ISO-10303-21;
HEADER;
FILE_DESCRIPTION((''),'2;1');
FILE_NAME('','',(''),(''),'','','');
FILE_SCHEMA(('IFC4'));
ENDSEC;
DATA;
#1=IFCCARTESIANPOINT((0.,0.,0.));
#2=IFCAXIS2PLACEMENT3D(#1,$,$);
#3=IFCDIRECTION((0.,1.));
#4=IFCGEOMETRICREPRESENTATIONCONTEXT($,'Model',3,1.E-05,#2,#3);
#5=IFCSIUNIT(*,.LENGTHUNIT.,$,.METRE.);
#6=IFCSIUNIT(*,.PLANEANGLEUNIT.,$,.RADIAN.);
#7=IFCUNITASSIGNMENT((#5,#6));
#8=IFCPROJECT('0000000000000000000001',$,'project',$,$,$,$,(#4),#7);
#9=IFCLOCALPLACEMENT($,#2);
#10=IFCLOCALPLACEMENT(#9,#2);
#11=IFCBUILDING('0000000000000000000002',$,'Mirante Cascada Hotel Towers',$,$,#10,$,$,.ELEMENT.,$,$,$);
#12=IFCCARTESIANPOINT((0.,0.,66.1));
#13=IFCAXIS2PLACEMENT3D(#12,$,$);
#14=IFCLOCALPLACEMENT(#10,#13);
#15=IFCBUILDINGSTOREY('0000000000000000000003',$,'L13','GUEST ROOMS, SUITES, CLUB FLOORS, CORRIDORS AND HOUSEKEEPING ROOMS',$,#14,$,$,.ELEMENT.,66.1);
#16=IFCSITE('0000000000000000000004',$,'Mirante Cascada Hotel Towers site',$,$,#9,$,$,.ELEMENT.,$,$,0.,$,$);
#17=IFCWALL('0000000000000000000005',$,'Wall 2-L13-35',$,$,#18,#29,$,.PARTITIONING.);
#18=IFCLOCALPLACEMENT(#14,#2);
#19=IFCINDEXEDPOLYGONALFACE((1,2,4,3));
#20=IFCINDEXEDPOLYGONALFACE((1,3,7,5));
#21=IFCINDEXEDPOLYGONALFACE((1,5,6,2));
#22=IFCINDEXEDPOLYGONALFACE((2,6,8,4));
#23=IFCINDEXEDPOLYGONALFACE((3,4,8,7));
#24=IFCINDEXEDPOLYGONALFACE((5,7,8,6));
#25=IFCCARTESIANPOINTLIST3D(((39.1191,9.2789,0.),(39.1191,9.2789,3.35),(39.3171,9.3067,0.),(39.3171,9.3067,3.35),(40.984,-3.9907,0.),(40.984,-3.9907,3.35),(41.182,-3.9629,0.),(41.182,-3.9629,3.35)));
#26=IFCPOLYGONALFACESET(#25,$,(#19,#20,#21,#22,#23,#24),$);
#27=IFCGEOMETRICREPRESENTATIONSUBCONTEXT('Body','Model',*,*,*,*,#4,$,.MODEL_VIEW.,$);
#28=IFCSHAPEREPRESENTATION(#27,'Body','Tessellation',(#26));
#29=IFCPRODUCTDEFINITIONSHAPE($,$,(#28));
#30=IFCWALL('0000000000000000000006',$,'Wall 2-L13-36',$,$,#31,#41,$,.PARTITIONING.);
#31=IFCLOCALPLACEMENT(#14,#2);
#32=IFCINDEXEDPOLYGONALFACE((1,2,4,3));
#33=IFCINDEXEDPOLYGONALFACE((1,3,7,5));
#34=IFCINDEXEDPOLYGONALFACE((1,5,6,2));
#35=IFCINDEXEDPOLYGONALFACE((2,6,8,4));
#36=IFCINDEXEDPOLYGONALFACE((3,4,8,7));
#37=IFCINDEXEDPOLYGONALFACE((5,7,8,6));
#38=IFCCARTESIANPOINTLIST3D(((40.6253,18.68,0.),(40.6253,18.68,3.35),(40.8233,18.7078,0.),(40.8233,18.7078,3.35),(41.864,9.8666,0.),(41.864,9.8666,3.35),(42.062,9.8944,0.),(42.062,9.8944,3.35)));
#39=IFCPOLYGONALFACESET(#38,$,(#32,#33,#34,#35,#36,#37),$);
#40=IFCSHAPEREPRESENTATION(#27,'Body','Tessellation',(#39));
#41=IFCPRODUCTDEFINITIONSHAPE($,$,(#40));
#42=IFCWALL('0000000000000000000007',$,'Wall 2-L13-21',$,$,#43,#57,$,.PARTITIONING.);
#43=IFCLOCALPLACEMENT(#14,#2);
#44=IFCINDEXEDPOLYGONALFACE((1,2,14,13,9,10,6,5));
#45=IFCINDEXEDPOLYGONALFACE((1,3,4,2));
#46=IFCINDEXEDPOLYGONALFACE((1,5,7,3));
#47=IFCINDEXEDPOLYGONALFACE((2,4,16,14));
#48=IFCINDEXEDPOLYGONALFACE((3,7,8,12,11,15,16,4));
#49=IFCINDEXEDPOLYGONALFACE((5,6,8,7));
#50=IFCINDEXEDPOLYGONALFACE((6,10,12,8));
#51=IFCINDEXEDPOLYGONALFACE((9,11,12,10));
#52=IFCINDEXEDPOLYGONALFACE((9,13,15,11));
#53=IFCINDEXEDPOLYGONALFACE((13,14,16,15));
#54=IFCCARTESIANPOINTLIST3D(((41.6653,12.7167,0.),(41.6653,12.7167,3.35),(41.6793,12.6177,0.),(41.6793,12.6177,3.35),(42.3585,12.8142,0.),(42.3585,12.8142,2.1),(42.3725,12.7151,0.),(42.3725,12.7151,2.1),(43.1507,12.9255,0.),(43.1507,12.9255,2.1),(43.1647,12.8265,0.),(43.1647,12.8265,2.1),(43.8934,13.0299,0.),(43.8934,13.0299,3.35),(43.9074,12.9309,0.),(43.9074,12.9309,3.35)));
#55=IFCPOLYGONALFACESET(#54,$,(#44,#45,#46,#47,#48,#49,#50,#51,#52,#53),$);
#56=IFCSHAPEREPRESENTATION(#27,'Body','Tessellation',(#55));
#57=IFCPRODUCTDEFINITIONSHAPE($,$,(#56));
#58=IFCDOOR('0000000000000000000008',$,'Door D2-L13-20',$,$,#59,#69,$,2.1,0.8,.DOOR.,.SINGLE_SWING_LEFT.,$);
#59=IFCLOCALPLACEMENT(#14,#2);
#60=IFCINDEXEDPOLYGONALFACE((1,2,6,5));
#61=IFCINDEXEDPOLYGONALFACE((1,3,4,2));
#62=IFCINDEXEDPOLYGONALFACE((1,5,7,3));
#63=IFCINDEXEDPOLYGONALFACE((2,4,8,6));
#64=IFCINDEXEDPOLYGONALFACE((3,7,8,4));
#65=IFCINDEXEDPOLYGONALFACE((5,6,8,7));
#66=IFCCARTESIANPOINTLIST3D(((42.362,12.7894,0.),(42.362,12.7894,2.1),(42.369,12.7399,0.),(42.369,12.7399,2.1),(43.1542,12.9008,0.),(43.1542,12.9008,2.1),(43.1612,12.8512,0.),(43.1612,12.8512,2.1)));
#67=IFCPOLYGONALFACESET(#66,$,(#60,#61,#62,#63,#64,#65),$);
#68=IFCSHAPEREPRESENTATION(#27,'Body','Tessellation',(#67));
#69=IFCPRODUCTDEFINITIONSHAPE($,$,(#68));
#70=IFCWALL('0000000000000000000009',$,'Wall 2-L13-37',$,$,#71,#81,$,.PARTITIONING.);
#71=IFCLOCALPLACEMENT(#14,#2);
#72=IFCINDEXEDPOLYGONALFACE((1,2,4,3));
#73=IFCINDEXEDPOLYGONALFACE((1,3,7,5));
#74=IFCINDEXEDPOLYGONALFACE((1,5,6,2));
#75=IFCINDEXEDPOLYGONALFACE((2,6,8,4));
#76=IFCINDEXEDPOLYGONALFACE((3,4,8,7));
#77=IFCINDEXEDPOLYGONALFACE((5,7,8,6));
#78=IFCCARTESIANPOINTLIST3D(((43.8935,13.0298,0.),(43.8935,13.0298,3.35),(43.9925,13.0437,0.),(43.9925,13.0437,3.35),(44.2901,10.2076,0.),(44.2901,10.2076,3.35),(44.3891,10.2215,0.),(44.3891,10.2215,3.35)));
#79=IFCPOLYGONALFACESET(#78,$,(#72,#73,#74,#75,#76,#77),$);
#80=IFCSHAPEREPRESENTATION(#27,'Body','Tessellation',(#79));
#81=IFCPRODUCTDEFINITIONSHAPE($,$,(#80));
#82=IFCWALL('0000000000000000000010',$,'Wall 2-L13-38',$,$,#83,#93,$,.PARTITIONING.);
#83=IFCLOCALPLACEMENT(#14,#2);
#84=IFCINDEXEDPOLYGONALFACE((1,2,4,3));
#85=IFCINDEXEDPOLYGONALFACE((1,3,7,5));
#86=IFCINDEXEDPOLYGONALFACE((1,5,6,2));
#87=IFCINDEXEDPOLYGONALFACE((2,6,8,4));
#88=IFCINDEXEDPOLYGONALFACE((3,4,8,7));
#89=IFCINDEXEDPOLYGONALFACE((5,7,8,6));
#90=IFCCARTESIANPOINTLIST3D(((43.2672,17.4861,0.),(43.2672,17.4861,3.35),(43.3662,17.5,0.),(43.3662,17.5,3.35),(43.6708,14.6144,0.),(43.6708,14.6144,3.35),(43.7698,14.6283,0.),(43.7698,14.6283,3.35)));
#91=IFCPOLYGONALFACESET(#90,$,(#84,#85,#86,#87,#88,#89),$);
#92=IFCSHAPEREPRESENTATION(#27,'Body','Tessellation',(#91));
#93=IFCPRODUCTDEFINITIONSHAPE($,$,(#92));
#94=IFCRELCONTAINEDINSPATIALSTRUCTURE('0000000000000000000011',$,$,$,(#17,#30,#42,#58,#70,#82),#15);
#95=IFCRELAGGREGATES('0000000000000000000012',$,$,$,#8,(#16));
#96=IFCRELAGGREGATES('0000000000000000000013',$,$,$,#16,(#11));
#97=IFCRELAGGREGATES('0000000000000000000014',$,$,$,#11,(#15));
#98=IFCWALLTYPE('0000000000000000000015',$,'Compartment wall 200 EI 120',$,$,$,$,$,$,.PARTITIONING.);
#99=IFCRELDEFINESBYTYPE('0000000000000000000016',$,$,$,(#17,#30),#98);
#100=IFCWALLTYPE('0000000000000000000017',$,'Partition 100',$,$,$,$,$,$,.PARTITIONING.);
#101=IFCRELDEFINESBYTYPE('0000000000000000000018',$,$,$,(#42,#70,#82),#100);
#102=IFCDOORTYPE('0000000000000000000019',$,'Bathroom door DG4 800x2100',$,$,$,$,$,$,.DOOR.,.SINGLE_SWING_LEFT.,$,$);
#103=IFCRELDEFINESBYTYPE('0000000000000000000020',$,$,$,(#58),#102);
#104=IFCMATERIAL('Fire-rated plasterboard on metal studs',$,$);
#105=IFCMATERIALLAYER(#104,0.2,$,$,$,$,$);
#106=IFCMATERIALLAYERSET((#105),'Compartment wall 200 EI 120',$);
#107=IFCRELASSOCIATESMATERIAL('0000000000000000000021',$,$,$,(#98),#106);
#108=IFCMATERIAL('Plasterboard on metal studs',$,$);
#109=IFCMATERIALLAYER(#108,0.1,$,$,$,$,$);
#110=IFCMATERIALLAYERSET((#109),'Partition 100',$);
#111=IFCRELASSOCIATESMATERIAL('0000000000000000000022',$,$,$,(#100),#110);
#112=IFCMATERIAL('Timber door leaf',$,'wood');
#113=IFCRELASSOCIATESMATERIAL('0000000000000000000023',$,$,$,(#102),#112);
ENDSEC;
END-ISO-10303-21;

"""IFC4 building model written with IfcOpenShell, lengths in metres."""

from ifc_helpers import new_model, si_unit, direction, frame, frame_2d, origin, place, context, subcontext, project, spatial, rectangle, extrude, material, layer, layer_set, type_object, element, fill, save


model = new_model("IFC4")

# Units and contexts
model_context = context("Model", 3, precision=1e-05, world=origin(), true_north=direction((0.0, 1.0)))
body_context = subcontext(model_context, "Body", "Model", "MODEL_VIEW")
ifc_project = project(units=[si_unit("LENGTHUNIT", "METRE"), si_unit("PLANEANGLEUNIT", "RADIAN")], contexts=[model_context])

# Site, building, storey
site_placement = place(None, origin())
site = spatial("IfcSite", under=ifc_project, at=site_placement, Name="Mirante Cascada Hotel Towers site", CompositionType="ELEMENT", RefElevation=0.0)
building_placement = place(site_placement, origin())
building = spatial("IfcBuilding", under=site, at=building_placement, Name="Mirante Cascada Hotel Towers", CompositionType="ELEMENT")
storey_placement = place(building_placement, frame((0.0, 0.0, 66.1)))
storey = spatial("IfcBuildingStorey", under=building, at=storey_placement, Name="L13", Description="GUEST ROOMS, SUITES, CLUB FLOORS, CORRIDORS AND HOUSEKEEPING ROOMS", CompositionType="ELEMENT", Elevation=66.1)

# Shared definitions
ifc_material_1 = material(Name="Fire-rated plasterboard on metal studs")
ifc_layer_1 = layer(ifc_material_1, 0.2)
ifc_layer_set_1 = layer_set([ifc_layer_1], Name="Compartment wall 200 EI 120")
wall_type_1 = type_object("IfcWallType", Name="Compartment wall 200 EI 120", PredefinedType="PARTITIONING", material=ifc_layer_set_1)

# Walls
wall_1_placement = place(storey_placement, frame((39.2181, 9.2928, 0.0), z_axis=(0.0, 0.0, 1.0), x_axis=(0.139172, -0.990268, 0.0)))
element("IfcWall", 1, at=wall_1_placement, inside=storey, type_object=wall_type_1, Name="Wall 2-L13-35", PredefinedType="PARTITIONING", context=body_context, shape_type="SweptSolid", body=[
    extrude(rectangle(XDim=13.4, YDim=0.2, at=frame_2d((6.7, 0.0))), origin(), (0.0, 0.0, 1.0), 3.35),
])
wall_2_placement = place(storey_placement, frame((41.963, 9.8805, 0.0), z_axis=(0.0, 0.0, 1.0), x_axis=(-0.139179, 0.990267, 0.0)))
element("IfcWall", 2, at=wall_2_placement, inside=storey, type_object=wall_type_1, Name="Wall 2-L13-36", PredefinedType="PARTITIONING", context=body_context, shape_type="SweptSolid", body=[
    extrude(rectangle(XDim=8.9, YDim=0.2, at=frame_2d((4.45, 0.0))), origin(), (0.0, 0.0, 1.0), 3.35),
])

# Wall, opening, door
ifc_material_2 = material(Name="Plasterboard on metal studs")
ifc_layer_2 = layer(ifc_material_2, 0.1)
ifc_layer_set_2 = layer_set([ifc_layer_2], Name="Partition 100")
wall_type_2 = type_object("IfcWallType", Name="Partition 100", PredefinedType="PARTITIONING", material=ifc_layer_set_2)
wall_3_placement = place(storey_placement, frame((43.9004, 12.9804, 0.0), z_axis=(0.0, 0.0, 1.0), x_axis=(-0.990264, -0.1392, 0.0)))
wall_3 = element("IfcWall", 3, at=wall_3_placement, inside=storey, type_object=wall_type_2, Name="Wall 2-L13-21", PredefinedType="PARTITIONING", context=body_context, shape_type="SweptSolid", body=[
    extrude(rectangle(XDim=2.25, YDim=0.1, at=frame_2d((1.125, 0.0))), origin(), (0.0, 0.0, 1.0), 3.35),
])
opening_1_placement = place(wall_3_placement, frame((0.75, 0.0, 0.0)))
opening_1 = element("IfcOpeningElement", 4, at=opening_1_placement, cuts=wall_3, PredefinedType="OPENING", context=body_context, shape_type="SweptSolid", body=[
    extrude(rectangle(XDim=0.8, YDim=2.1, at=frame_2d((0.4, 1.05))), frame((0.0, 0.05, 0.0), z_axis=(0.0, -1.0, 0.0), x_axis=(1.0, 0.0, 0.0)), (0.0, 0.0, 1.0), 0.1),
])
ifc_material_3 = material(Name="Timber door leaf", Category="wood")
door_type_1 = type_object("IfcDoorType", Name="Bathroom door DG4 800x2100", OperationType="SINGLE_SWING_LEFT", PredefinedType="DOOR", material=ifc_material_3)
door_1_placement = place(opening_1_placement, origin())
door_1 = element("IfcDoor", 5, at=door_1_placement, inside=storey, type_object=door_type_1, Name="Door D2-L13-20", OperationType="SINGLE_SWING_LEFT", OverallHeight=2.1, OverallWidth=0.8, PredefinedType="DOOR", context=body_context, shape_type="SweptSolid", body=[
    extrude(rectangle(XDim=0.8, YDim=2.1, at=frame_2d((0.4, 1.05))), frame((0.0, 0.025, 0.0), z_axis=(0.0, -1.0, 0.0), x_axis=(1.0, 0.0, 0.0)), (0.0, 0.0, 1.0), 0.05),
])
fill(opening_1, door_1)

# Walls
wall_4_placement = place(storey_placement, frame((43.943, 13.0368, 0.0), z_axis=(0.0, 0.0, 1.0), x_axis=(0.139161, -0.99027, 0.0)))
element("IfcWall", 6, at=wall_4_placement, inside=storey, type_object=wall_type_2, Name="Wall 2-L13-37", PredefinedType="PARTITIONING", context=body_context, shape_type="SweptSolid", body=[
    extrude(rectangle(XDim=2.8499, YDim=0.1, at=frame_2d((1.425, 0.0))), origin(), (0.0, 0.0, 1.0), 3.35),
])
wall_5_placement = place(storey_placement, frame((43.7203, 14.6213, 0.0), z_axis=(0.0, 0.0, 1.0), x_axis=(-0.139176, 0.990268, 0.0)))
element("IfcWall", 7, at=wall_5_placement, inside=storey, type_object=wall_type_2, Name="Wall 2-L13-38", PredefinedType="PARTITIONING", context=body_context, shape_type="SweptSolid", body=[
    extrude(rectangle(XDim=2.8999, YDim=0.1, at=frame_2d((1.45, 0.0))), origin(), (0.0, 0.0, 1.0), 3.35),
])

save(model, "model.ifc")
